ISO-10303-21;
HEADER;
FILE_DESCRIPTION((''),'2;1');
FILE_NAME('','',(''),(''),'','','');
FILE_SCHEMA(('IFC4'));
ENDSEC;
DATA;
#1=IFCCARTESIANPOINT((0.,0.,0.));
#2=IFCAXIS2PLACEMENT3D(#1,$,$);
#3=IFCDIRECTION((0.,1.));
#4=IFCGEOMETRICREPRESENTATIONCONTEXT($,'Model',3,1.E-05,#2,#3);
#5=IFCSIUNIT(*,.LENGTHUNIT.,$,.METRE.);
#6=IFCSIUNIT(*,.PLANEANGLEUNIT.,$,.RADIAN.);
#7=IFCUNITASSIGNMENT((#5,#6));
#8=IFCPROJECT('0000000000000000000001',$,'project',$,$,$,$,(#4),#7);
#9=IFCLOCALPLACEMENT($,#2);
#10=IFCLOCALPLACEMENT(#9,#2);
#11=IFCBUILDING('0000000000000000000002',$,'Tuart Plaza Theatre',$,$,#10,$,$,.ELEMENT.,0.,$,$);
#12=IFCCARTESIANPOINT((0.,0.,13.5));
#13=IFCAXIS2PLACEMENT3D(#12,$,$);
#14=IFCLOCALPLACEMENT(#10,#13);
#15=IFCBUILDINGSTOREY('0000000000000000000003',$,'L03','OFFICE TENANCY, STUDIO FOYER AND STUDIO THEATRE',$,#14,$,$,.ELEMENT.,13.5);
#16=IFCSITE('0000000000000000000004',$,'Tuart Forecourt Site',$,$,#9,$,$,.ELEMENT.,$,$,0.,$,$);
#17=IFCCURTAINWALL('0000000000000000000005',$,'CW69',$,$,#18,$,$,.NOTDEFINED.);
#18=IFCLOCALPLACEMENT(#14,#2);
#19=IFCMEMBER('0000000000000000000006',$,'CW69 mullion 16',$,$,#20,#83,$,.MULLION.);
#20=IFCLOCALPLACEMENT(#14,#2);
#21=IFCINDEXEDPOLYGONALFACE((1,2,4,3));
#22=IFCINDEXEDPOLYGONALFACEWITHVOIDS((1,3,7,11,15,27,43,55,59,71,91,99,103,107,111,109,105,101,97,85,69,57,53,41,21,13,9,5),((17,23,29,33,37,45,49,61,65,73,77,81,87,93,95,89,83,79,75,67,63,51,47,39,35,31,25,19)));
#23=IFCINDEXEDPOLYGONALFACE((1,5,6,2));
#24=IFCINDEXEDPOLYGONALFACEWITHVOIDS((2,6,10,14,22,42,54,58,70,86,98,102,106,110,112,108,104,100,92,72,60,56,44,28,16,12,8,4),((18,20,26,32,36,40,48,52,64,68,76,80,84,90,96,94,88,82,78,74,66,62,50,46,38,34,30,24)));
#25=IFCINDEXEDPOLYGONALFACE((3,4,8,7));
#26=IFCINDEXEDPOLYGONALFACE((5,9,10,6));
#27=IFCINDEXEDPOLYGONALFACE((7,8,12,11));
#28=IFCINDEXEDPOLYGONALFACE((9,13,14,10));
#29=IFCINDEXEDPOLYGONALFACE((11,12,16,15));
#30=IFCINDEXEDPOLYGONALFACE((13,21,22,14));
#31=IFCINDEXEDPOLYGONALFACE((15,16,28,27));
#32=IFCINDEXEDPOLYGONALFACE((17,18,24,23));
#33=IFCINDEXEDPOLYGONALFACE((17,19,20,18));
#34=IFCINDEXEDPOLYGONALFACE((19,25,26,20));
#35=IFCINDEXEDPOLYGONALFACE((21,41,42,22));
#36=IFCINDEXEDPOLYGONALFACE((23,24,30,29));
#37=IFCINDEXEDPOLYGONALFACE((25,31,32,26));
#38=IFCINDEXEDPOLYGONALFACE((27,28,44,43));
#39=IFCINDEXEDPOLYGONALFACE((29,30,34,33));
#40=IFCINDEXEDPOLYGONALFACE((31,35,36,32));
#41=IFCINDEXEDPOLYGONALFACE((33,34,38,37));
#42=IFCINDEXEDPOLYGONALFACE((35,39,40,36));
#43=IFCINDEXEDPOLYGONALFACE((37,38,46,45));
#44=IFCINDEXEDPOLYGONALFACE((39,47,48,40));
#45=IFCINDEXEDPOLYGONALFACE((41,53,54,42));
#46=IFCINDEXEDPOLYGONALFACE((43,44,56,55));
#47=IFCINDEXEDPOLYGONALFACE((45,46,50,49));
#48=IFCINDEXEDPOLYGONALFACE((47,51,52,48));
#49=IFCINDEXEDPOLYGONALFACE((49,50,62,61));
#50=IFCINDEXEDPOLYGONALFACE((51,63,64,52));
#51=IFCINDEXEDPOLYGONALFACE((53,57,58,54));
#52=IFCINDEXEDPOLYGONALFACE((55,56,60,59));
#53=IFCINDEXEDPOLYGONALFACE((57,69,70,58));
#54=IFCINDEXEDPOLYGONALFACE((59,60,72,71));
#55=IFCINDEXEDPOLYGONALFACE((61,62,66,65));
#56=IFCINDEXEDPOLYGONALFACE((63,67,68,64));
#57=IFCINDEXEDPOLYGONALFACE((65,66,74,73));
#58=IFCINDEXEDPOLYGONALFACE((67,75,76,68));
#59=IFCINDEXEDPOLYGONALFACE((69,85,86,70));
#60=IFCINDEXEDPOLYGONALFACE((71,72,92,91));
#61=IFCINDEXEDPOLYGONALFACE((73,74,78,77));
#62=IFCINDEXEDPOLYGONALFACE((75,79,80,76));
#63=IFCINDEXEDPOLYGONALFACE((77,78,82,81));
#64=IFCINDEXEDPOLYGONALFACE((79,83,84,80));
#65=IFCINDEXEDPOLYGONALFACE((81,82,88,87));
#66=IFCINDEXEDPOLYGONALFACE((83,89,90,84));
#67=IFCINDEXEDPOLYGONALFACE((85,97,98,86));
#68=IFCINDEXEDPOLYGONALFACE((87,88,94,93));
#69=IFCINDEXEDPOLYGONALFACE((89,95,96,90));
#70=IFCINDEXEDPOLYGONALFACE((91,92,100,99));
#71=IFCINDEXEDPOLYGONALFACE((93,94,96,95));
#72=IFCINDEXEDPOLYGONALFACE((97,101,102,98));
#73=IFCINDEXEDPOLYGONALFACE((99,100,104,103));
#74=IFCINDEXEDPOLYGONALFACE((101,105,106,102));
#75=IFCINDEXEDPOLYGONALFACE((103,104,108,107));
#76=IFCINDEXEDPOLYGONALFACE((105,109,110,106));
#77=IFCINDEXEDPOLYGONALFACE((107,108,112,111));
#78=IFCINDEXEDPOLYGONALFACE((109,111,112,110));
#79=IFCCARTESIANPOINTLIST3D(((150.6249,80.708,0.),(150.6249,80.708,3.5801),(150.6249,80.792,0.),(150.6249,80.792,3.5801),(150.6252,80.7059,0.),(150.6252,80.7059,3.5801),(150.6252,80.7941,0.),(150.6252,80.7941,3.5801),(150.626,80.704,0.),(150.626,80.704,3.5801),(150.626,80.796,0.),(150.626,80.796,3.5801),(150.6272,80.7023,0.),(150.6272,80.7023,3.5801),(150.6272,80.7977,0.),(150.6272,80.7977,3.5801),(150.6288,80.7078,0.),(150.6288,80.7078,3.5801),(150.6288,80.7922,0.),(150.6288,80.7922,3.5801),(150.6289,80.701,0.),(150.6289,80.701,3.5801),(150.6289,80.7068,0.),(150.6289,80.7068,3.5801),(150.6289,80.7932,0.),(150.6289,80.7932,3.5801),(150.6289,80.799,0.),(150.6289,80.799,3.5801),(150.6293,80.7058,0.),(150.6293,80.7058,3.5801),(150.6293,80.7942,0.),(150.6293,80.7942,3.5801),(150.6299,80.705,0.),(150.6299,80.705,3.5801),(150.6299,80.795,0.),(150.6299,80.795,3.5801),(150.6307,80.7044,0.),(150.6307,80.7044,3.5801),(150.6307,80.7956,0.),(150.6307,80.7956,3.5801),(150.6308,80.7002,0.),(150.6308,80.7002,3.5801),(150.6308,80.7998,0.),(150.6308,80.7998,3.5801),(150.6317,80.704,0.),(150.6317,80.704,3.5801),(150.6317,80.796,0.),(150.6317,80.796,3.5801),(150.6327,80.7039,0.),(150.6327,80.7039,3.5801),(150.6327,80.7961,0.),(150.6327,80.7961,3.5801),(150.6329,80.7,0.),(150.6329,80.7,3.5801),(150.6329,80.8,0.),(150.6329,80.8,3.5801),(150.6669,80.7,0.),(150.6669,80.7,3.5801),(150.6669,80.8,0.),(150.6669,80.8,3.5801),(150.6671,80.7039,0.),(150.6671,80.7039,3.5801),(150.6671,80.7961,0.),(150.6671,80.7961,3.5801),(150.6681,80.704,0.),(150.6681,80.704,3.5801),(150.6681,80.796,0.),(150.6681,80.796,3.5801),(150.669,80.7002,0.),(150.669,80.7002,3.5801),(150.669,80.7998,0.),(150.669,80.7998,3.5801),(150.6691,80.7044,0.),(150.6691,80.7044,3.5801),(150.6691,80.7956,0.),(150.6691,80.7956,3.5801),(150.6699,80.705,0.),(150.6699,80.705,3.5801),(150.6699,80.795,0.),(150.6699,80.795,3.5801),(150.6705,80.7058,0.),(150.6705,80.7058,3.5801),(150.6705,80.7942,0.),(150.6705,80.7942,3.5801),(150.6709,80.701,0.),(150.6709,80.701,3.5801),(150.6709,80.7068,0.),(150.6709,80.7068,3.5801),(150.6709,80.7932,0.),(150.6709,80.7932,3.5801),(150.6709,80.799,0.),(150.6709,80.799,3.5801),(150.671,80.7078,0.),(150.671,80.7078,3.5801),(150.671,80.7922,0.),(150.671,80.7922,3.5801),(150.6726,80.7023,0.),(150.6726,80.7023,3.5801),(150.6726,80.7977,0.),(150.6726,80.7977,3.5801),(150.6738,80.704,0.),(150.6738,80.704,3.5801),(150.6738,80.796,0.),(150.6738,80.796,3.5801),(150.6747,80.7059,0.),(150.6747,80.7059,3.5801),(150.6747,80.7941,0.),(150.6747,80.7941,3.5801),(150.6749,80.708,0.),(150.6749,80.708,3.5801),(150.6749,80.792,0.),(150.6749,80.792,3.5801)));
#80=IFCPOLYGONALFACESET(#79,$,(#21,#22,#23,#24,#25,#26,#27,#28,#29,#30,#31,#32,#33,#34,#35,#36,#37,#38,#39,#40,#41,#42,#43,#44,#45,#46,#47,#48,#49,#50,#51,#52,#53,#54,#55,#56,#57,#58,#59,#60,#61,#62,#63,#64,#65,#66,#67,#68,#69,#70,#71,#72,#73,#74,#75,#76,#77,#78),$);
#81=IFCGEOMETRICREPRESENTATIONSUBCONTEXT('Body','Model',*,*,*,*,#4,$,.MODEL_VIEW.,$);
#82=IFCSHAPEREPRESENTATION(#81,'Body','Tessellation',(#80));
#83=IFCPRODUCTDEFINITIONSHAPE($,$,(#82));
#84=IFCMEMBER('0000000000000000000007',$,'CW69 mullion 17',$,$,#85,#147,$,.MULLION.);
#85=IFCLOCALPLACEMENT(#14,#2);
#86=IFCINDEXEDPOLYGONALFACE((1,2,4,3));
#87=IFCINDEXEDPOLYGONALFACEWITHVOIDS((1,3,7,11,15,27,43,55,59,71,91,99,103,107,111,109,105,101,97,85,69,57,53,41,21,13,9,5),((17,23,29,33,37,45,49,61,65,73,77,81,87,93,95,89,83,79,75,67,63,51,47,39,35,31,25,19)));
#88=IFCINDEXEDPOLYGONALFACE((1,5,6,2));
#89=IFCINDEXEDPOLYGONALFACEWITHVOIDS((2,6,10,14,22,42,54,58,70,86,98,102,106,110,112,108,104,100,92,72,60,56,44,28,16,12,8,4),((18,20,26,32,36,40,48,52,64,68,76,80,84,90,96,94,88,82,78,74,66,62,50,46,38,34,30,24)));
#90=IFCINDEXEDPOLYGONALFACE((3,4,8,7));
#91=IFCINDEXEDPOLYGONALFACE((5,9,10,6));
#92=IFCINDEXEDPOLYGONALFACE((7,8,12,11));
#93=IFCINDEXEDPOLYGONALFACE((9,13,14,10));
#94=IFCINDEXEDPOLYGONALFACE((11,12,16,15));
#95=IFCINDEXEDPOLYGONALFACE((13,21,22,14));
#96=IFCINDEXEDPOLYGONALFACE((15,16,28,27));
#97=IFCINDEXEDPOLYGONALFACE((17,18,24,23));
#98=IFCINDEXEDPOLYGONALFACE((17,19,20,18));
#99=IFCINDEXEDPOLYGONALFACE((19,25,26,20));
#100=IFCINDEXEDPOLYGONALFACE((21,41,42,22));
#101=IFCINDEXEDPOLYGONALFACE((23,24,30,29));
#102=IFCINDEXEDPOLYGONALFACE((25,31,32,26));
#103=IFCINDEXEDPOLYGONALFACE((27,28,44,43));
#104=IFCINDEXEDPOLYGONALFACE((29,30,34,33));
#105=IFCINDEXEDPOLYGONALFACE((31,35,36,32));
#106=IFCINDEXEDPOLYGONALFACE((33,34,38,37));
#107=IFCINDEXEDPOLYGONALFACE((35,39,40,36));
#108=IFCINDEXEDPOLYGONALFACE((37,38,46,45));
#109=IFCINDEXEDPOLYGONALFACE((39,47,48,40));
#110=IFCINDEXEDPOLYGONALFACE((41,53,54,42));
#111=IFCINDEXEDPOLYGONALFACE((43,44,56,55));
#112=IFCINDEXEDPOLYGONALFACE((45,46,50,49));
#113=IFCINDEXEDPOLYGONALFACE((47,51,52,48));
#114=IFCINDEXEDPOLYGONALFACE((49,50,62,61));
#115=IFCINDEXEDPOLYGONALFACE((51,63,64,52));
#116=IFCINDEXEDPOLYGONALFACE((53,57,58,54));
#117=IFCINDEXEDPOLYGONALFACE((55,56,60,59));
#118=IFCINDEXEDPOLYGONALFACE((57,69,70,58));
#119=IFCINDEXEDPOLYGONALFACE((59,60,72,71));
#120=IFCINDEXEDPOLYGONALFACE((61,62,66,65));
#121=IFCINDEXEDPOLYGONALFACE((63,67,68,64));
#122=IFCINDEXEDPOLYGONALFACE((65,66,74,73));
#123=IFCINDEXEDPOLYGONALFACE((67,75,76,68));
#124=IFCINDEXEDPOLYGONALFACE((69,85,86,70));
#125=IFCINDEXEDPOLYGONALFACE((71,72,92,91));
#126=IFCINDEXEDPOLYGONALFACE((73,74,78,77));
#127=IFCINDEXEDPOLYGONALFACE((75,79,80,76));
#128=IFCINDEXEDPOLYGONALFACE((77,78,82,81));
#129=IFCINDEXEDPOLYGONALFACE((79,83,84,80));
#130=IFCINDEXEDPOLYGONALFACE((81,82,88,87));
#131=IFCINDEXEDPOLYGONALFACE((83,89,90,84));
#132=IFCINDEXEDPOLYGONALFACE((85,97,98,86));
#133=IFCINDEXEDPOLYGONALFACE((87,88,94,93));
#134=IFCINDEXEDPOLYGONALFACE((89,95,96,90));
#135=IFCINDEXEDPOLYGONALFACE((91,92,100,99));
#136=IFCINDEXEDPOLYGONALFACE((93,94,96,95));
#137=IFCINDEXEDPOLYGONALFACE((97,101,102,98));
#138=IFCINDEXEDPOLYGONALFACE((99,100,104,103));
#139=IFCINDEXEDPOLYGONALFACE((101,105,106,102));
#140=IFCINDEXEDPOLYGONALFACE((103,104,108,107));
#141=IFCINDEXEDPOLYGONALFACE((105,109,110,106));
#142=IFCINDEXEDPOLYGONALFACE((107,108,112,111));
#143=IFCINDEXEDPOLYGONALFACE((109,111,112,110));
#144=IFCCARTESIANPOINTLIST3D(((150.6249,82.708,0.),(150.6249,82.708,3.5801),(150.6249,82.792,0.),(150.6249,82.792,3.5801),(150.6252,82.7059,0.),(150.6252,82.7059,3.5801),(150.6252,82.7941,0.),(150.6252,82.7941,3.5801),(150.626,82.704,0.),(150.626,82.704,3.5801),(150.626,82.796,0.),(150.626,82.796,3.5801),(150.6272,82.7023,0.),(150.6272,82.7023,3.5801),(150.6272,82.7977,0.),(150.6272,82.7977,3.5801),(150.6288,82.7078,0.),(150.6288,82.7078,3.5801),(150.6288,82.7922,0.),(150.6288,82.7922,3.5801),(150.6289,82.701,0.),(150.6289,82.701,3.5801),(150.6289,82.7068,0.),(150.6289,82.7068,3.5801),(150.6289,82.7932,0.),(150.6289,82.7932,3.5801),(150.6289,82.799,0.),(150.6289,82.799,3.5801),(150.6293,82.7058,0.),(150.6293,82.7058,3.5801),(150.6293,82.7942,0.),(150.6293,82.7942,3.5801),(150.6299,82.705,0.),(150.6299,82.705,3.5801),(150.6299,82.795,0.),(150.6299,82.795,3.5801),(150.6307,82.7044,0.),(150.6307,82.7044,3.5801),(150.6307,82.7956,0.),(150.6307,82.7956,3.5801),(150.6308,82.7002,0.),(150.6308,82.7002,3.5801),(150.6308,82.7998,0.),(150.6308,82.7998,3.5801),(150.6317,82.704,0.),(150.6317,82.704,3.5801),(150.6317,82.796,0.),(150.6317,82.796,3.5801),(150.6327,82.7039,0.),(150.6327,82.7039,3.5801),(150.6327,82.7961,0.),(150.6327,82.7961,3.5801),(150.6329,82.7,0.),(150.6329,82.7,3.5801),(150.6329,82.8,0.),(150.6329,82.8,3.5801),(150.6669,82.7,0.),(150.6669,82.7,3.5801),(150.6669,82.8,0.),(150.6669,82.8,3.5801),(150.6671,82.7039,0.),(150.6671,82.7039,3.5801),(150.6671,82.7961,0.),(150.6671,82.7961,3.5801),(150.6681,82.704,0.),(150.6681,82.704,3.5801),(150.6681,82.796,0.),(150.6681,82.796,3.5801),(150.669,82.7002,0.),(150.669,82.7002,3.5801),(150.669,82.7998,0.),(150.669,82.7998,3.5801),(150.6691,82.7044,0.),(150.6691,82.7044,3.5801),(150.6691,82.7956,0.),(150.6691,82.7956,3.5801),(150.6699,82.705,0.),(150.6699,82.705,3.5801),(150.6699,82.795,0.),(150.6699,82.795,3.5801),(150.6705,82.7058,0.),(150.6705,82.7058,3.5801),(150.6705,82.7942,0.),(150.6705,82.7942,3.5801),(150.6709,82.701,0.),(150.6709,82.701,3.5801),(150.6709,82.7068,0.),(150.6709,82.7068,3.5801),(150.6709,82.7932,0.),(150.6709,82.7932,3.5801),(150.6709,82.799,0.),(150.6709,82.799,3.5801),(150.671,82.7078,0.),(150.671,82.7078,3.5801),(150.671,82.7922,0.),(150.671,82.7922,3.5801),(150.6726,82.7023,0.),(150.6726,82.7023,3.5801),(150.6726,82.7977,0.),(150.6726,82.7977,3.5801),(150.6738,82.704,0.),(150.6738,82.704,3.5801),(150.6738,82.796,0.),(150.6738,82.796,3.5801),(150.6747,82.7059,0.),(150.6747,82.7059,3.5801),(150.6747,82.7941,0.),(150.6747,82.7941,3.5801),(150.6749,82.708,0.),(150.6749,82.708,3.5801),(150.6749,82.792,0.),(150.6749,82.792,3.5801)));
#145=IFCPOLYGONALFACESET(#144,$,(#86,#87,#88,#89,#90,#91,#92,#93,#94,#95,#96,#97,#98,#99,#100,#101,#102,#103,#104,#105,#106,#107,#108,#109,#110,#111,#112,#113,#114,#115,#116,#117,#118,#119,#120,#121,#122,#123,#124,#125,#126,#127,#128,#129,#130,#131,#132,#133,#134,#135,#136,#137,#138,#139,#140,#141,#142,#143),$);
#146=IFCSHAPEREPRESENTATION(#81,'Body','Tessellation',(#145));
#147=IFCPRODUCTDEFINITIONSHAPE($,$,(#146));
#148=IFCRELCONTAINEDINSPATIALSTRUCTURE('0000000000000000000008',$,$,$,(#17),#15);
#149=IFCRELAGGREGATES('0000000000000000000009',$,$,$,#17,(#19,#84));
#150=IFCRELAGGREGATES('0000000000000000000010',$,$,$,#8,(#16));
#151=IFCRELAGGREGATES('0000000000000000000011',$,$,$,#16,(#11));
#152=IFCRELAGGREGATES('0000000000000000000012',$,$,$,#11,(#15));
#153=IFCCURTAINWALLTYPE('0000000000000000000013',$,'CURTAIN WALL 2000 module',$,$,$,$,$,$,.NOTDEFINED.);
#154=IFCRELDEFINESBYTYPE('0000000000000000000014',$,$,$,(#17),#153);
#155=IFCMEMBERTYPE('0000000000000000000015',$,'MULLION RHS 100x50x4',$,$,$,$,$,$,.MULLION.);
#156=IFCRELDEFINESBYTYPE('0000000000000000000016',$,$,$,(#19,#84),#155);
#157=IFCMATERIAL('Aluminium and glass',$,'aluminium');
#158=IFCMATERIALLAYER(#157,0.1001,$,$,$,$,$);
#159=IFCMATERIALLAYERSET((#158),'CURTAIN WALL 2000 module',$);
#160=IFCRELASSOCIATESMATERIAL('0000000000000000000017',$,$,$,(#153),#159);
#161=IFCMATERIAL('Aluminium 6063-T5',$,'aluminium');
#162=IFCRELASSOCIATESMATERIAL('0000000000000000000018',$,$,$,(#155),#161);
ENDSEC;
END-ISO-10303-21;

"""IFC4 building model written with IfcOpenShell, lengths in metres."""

from ifc_helpers import new_model, si_unit, direction, frame, origin, origin_2d, place, context, subcontext, project, spatial, hollow_rectangle, extrude, material, layer, layer_set, material_profile, profile_set, type_object, element, aggregate, save


model = new_model("IFC4")

# Units and contexts
model_context = context("Model", 3, precision=1e-05, world=origin(), true_north=direction((0.0, 1.0)))
body_context = subcontext(model_context, "Body", "Model", "MODEL_VIEW")
ifc_project = project(units=[si_unit("LENGTHUNIT", "METRE"), si_unit("PLANEANGLEUNIT", "RADIAN")], contexts=[model_context])

# Site, building, storey
site_placement = place(None, origin())
site = spatial("IfcSite", under=ifc_project, at=site_placement, Name="Tuart Forecourt Site", CompositionType="ELEMENT", RefElevation=0.0)
building_placement = place(site_placement, origin())
building = spatial("IfcBuilding", under=site, at=building_placement, Name="Tuart Plaza Theatre", CompositionType="ELEMENT", ElevationOfRefHeight=0.0)
storey_placement = place(building_placement, frame((0.0, 0.0, 13.5)))
storey = spatial("IfcBuildingStorey", under=building, at=storey_placement, Name="L03", Description="OFFICE TENANCY, STUDIO FOYER AND STUDIO THEATRE", CompositionType="ELEMENT", Elevation=13.5)

# Curtain wall, members
ifc_material_1 = material(Name="Aluminium and glass", Category="aluminium")
ifc_layer_1 = layer(ifc_material_1, 0.1001)
ifc_layer_set_1 = layer_set([ifc_layer_1], Name="CURTAIN WALL 2000 module")
curtain_wall_type = type_object("IfcCurtainWallType", Name="CURTAIN WALL 2000 module", PredefinedType="NOTDEFINED", material=ifc_layer_set_1)
curtain_wall_placement = place(storey_placement, origin())
curtain_wall = element("IfcCurtainWall", 1, at=curtain_wall_placement, inside=storey, type_object=curtain_wall_type, Name="CW69", PredefinedType="NOTDEFINED")
ifc_material_2 = material(Name="Aluminium 6063-T5", Category="aluminium")
ifc_material_profile_1 = material_profile(ifc_material_2, hollow_rectangle(XDim=0.05, YDim=0.1001, WallThickness=0.0039, InnerFilletRadius=0.0039, OuterFilletRadius=0.0081, at=origin_2d()), Name="RHS 100x50x4")
ifc_profile_set_1 = profile_set([ifc_material_profile_1], Name="Aluminium 6063-T5")
member_type_1 = type_object("IfcMemberType", Name="MULLION RHS 100x50x4", PredefinedType="MULLION", material=ifc_profile_set_1)
member_1_placement = place(storey_placement, frame((150.6499, 80.75, 0.0), z_axis=(0.0, 0.0, 1.0), x_axis=(-1.0, 0.0, 0.0)))
member_1 = element("IfcMember", 2, at=member_1_placement, type_object=member_type_1, Name="CW69 mullion 16", PredefinedType="MULLION", context=body_context, shape_type="SweptSolid", body=[
    extrude(hollow_rectangle(XDim=0.05, YDim=0.1001, WallThickness=0.0039, InnerFilletRadius=0.0039, OuterFilletRadius=0.0081, at=origin_2d()), origin(), (0.0, 0.0, 1.0), 3.5801),
])
member_2_placement = place(storey_placement, frame((150.6499, 82.75, 0.0), z_axis=(0.0, 0.0, 1.0), x_axis=(-1.0, 0.0, 0.0)))
member_2 = element("IfcMember", 3, at=member_2_placement, type_object=member_type_1, Name="CW69 mullion 17", PredefinedType="MULLION", context=body_context, shape_type="SweptSolid", body=[
    extrude(hollow_rectangle(XDim=0.05, YDim=0.1001, WallThickness=0.0039, InnerFilletRadius=0.0039, OuterFilletRadius=0.0081, at=origin_2d()), origin(), (0.0, 0.0, 1.0), 3.5801),
])
aggregate(curtain_wall, [member_1, member_2])

save(model, "model.ifc")
